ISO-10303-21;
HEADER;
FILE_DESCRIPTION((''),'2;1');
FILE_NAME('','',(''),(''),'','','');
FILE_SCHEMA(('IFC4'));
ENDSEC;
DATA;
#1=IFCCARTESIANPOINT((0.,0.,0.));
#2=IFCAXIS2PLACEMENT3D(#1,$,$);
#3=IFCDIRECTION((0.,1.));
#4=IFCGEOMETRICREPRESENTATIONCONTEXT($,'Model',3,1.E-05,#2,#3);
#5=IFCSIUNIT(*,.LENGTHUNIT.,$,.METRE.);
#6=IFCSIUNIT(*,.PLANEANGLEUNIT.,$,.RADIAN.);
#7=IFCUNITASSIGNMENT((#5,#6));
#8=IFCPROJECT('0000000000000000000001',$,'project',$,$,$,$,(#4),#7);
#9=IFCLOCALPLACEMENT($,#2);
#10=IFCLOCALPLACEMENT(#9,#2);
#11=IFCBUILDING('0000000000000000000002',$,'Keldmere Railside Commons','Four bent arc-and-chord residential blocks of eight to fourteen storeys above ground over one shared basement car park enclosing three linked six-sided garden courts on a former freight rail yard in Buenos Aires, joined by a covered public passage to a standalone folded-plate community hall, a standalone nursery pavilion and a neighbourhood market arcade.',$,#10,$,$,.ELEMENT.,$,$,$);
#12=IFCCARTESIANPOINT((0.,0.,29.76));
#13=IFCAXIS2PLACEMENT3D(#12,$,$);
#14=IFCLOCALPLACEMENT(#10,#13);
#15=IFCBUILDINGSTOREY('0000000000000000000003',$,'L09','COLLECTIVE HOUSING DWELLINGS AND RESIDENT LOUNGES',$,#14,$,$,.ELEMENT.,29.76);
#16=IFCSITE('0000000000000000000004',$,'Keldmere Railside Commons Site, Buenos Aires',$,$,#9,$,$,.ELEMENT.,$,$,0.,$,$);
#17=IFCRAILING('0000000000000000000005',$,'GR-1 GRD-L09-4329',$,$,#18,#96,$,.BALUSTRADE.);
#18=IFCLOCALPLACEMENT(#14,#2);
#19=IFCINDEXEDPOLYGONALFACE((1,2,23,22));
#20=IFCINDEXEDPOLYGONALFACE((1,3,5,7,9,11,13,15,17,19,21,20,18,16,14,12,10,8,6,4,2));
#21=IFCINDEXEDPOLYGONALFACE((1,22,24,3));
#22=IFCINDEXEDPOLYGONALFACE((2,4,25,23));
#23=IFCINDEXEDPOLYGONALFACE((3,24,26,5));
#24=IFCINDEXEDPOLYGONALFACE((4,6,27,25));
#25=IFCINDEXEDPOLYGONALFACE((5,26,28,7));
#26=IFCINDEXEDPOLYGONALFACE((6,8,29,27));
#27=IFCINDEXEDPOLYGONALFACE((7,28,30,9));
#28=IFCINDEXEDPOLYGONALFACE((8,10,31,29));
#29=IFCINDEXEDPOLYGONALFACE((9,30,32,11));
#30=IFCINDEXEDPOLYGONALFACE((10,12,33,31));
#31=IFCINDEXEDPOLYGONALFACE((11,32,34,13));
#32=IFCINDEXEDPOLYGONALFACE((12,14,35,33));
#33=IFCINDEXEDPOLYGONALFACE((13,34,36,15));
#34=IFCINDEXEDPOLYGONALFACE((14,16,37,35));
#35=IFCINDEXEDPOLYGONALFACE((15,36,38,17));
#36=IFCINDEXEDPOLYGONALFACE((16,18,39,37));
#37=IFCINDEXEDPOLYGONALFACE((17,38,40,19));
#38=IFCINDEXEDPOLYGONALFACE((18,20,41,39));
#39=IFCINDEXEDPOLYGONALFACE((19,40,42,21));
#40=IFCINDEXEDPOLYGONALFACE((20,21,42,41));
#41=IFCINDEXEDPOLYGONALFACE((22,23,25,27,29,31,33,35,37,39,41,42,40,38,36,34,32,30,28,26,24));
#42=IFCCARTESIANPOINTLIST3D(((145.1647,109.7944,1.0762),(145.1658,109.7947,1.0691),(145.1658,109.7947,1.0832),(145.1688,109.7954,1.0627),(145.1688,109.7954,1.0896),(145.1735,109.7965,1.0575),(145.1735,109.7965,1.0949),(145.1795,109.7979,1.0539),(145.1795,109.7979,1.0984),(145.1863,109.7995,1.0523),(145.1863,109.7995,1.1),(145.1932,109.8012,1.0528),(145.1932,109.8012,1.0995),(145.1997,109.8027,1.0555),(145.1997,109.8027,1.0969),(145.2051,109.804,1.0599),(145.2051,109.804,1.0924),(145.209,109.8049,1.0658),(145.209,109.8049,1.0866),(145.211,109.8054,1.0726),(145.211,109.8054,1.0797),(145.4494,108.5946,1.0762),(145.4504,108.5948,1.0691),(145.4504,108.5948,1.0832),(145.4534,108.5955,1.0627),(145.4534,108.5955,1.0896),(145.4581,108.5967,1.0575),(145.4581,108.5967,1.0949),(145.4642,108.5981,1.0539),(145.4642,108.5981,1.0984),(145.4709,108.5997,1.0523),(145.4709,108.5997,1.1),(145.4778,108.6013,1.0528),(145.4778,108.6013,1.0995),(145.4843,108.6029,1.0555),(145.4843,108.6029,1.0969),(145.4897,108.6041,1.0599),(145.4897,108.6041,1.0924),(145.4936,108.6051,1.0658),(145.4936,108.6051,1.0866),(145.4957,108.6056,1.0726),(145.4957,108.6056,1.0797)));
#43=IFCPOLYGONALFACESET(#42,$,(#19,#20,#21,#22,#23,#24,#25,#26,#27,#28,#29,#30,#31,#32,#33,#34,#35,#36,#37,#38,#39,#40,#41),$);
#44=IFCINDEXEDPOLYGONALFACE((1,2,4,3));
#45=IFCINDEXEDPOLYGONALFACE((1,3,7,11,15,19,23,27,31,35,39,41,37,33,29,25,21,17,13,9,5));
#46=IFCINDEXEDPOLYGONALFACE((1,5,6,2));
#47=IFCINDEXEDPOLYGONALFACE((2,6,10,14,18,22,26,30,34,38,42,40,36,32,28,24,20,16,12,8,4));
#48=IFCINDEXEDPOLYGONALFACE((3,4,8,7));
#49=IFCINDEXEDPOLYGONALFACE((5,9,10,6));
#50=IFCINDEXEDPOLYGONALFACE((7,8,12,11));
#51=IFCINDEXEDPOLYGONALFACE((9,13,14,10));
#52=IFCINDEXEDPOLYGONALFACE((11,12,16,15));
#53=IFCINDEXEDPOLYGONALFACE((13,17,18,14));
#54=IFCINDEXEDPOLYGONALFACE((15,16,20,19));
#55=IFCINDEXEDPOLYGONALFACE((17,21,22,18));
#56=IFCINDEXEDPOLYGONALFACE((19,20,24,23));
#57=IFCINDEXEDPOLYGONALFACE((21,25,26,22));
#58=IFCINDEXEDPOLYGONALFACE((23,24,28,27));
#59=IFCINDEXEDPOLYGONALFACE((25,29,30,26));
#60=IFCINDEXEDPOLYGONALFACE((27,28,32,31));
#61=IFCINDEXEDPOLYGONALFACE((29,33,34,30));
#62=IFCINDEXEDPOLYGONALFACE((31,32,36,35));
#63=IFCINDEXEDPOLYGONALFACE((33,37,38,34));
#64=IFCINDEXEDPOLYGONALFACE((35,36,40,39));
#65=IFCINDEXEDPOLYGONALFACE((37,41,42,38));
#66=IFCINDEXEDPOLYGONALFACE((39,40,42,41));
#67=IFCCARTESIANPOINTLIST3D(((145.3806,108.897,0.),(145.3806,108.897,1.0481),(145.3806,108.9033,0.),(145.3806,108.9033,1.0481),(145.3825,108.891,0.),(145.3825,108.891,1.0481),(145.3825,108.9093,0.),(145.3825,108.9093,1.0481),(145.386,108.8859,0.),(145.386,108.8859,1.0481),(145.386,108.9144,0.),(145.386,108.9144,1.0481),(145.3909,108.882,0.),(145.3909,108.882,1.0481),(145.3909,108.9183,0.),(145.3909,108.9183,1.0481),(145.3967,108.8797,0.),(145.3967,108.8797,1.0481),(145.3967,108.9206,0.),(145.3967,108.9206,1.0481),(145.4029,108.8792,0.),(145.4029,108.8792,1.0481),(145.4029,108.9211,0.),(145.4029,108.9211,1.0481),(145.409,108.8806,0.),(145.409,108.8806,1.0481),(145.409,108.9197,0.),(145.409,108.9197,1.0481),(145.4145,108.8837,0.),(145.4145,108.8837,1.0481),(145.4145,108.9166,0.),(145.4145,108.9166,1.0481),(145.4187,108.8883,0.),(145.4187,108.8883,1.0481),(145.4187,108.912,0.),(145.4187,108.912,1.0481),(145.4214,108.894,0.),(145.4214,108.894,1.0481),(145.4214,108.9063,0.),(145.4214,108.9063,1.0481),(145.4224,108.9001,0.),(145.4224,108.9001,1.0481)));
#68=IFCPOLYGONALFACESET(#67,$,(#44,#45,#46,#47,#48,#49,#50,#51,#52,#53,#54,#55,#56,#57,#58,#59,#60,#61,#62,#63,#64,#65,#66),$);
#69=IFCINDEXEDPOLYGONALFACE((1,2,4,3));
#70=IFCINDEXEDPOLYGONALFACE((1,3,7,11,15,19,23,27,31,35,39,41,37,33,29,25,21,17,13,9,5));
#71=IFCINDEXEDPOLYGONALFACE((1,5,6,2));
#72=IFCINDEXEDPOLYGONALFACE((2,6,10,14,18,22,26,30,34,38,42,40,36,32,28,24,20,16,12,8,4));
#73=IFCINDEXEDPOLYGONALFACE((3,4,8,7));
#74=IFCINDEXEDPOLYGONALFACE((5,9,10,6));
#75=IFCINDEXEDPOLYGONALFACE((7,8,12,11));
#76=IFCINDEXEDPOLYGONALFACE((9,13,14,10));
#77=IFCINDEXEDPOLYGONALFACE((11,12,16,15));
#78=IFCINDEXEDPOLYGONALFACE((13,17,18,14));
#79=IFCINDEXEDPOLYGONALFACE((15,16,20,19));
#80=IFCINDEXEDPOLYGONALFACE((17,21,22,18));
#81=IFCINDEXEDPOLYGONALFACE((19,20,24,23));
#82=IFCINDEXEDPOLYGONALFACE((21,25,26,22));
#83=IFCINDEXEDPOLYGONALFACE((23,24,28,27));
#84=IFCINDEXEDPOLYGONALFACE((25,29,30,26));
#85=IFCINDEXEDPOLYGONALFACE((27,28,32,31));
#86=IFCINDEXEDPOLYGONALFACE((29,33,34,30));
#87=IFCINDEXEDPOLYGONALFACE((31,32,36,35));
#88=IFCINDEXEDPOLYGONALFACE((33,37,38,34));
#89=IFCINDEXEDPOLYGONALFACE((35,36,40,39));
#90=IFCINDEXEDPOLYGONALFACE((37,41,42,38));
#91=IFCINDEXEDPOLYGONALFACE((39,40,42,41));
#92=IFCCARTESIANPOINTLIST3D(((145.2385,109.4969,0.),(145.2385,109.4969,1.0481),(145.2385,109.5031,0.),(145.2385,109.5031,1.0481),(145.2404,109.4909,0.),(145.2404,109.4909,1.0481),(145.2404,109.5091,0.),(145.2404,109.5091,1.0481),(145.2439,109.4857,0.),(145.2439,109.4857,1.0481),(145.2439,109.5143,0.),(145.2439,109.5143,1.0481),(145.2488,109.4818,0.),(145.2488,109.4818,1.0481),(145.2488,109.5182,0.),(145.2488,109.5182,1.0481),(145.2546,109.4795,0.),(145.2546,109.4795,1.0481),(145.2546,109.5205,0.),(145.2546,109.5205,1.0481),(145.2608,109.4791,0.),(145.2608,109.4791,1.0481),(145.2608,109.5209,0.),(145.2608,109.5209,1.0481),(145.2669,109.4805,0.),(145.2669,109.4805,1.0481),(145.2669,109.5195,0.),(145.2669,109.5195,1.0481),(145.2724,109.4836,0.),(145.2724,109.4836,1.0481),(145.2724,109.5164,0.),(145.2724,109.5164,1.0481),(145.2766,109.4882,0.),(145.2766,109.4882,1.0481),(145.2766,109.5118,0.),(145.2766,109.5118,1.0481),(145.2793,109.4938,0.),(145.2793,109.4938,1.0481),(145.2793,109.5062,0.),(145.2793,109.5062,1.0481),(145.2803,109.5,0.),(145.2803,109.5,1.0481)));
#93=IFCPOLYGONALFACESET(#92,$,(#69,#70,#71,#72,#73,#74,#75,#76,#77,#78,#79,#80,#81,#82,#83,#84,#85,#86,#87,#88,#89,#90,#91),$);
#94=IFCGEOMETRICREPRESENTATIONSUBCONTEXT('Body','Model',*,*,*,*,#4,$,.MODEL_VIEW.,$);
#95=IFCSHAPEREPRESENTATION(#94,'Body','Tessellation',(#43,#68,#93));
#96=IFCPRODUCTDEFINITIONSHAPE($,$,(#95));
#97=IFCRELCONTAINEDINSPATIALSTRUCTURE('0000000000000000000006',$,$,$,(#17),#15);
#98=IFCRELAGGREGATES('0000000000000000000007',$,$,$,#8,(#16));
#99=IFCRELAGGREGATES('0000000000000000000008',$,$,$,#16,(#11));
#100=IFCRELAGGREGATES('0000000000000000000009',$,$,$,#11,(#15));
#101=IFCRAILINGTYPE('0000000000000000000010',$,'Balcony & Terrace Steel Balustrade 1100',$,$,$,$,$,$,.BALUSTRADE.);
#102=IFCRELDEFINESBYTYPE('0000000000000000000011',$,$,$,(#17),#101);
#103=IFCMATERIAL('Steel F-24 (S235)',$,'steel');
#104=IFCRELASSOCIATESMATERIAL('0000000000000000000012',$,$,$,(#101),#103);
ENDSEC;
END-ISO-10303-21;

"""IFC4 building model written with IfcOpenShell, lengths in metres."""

from ifc_helpers import new_model, si_unit, direction, frame, origin, origin_2d, place, context, subcontext, project, spatial, circle, extrude, material, type_object, element, save


model = new_model("IFC4")

# Units and contexts
model_context = context("Model", 3, precision=1e-05, world=origin(), true_north=direction((0.0, 1.0)))
body_context = subcontext(model_context, "Body", "Model", "MODEL_VIEW")
ifc_project = project(units=[si_unit("LENGTHUNIT", "METRE"), si_unit("PLANEANGLEUNIT", "RADIAN")], contexts=[model_context])

# Site, building, storey
site_placement = place(None, origin())
site = spatial("IfcSite", under=ifc_project, at=site_placement, Name="Keldmere Railside Commons Site, Buenos Aires", CompositionType="ELEMENT", RefElevation=0.0)
building_placement = place(site_placement, origin())
building = spatial("IfcBuilding", under=site, at=building_placement, Name="Keldmere Railside Commons", Description="Four bent arc-and-chord residential blocks of eight to fourteen storeys above ground over one shared basement car park enclosing three linked six-sided garden courts on a former freight rail yard in Buenos Aires, joined by a covered public passage to a standalone folded-plate community hall, a standalone nursery pavilion and a neighbourhood market arcade.", CompositionType="ELEMENT")
storey_placement = place(building_placement, frame((0.0, 0.0, 29.76)))
storey = spatial("IfcBuildingStorey", under=building, at=storey_placement, Name="L09", Description="COLLECTIVE HOUSING DWELLINGS AND RESIDENT LOUNGES", CompositionType="ELEMENT", Elevation=29.76)

# Shared definitions
ifc_material_1 = material(Name="Steel F-24 (S235)", Category="steel")

# Railing
railing_type = type_object("IfcRailingType", Name="Balcony & Terrace Steel Balustrade 1100", PredefinedType="BALUSTRADE", material=ifc_material_1)
railing_1_placement = place(storey_placement, frame((145.4727, 108.6001, 0.0)))
element("IfcRailing", 1, at=railing_1_placement, inside=storey, type_object=railing_type, Name="GR-1 GRD-L09-4329", PredefinedType="BALUSTRADE", context=body_context, shape_type="SweptSolid", body=[
    extrude(circle(Radius=0.0239, at=origin_2d()), frame((0.0, 0.0, 1.0762), z_axis=(-0.230826, 0.972995, 0.0), x_axis=(-0.972995, -0.230826, 0.0)), (0.0, 0.0, 1.0), 1.2332),
    extrude(circle(Radius=0.021, at=origin_2d()), frame((-0.0713, 0.3, 0.0)), (0.0, 0.0, 1.0), 1.0481),
    extrude(circle(Radius=0.021, at=origin_2d()), frame((-0.2134, 0.8999, 0.0)), (0.0, 0.0, 1.0), 1.0481),
])

save(model, "model.ifc")
